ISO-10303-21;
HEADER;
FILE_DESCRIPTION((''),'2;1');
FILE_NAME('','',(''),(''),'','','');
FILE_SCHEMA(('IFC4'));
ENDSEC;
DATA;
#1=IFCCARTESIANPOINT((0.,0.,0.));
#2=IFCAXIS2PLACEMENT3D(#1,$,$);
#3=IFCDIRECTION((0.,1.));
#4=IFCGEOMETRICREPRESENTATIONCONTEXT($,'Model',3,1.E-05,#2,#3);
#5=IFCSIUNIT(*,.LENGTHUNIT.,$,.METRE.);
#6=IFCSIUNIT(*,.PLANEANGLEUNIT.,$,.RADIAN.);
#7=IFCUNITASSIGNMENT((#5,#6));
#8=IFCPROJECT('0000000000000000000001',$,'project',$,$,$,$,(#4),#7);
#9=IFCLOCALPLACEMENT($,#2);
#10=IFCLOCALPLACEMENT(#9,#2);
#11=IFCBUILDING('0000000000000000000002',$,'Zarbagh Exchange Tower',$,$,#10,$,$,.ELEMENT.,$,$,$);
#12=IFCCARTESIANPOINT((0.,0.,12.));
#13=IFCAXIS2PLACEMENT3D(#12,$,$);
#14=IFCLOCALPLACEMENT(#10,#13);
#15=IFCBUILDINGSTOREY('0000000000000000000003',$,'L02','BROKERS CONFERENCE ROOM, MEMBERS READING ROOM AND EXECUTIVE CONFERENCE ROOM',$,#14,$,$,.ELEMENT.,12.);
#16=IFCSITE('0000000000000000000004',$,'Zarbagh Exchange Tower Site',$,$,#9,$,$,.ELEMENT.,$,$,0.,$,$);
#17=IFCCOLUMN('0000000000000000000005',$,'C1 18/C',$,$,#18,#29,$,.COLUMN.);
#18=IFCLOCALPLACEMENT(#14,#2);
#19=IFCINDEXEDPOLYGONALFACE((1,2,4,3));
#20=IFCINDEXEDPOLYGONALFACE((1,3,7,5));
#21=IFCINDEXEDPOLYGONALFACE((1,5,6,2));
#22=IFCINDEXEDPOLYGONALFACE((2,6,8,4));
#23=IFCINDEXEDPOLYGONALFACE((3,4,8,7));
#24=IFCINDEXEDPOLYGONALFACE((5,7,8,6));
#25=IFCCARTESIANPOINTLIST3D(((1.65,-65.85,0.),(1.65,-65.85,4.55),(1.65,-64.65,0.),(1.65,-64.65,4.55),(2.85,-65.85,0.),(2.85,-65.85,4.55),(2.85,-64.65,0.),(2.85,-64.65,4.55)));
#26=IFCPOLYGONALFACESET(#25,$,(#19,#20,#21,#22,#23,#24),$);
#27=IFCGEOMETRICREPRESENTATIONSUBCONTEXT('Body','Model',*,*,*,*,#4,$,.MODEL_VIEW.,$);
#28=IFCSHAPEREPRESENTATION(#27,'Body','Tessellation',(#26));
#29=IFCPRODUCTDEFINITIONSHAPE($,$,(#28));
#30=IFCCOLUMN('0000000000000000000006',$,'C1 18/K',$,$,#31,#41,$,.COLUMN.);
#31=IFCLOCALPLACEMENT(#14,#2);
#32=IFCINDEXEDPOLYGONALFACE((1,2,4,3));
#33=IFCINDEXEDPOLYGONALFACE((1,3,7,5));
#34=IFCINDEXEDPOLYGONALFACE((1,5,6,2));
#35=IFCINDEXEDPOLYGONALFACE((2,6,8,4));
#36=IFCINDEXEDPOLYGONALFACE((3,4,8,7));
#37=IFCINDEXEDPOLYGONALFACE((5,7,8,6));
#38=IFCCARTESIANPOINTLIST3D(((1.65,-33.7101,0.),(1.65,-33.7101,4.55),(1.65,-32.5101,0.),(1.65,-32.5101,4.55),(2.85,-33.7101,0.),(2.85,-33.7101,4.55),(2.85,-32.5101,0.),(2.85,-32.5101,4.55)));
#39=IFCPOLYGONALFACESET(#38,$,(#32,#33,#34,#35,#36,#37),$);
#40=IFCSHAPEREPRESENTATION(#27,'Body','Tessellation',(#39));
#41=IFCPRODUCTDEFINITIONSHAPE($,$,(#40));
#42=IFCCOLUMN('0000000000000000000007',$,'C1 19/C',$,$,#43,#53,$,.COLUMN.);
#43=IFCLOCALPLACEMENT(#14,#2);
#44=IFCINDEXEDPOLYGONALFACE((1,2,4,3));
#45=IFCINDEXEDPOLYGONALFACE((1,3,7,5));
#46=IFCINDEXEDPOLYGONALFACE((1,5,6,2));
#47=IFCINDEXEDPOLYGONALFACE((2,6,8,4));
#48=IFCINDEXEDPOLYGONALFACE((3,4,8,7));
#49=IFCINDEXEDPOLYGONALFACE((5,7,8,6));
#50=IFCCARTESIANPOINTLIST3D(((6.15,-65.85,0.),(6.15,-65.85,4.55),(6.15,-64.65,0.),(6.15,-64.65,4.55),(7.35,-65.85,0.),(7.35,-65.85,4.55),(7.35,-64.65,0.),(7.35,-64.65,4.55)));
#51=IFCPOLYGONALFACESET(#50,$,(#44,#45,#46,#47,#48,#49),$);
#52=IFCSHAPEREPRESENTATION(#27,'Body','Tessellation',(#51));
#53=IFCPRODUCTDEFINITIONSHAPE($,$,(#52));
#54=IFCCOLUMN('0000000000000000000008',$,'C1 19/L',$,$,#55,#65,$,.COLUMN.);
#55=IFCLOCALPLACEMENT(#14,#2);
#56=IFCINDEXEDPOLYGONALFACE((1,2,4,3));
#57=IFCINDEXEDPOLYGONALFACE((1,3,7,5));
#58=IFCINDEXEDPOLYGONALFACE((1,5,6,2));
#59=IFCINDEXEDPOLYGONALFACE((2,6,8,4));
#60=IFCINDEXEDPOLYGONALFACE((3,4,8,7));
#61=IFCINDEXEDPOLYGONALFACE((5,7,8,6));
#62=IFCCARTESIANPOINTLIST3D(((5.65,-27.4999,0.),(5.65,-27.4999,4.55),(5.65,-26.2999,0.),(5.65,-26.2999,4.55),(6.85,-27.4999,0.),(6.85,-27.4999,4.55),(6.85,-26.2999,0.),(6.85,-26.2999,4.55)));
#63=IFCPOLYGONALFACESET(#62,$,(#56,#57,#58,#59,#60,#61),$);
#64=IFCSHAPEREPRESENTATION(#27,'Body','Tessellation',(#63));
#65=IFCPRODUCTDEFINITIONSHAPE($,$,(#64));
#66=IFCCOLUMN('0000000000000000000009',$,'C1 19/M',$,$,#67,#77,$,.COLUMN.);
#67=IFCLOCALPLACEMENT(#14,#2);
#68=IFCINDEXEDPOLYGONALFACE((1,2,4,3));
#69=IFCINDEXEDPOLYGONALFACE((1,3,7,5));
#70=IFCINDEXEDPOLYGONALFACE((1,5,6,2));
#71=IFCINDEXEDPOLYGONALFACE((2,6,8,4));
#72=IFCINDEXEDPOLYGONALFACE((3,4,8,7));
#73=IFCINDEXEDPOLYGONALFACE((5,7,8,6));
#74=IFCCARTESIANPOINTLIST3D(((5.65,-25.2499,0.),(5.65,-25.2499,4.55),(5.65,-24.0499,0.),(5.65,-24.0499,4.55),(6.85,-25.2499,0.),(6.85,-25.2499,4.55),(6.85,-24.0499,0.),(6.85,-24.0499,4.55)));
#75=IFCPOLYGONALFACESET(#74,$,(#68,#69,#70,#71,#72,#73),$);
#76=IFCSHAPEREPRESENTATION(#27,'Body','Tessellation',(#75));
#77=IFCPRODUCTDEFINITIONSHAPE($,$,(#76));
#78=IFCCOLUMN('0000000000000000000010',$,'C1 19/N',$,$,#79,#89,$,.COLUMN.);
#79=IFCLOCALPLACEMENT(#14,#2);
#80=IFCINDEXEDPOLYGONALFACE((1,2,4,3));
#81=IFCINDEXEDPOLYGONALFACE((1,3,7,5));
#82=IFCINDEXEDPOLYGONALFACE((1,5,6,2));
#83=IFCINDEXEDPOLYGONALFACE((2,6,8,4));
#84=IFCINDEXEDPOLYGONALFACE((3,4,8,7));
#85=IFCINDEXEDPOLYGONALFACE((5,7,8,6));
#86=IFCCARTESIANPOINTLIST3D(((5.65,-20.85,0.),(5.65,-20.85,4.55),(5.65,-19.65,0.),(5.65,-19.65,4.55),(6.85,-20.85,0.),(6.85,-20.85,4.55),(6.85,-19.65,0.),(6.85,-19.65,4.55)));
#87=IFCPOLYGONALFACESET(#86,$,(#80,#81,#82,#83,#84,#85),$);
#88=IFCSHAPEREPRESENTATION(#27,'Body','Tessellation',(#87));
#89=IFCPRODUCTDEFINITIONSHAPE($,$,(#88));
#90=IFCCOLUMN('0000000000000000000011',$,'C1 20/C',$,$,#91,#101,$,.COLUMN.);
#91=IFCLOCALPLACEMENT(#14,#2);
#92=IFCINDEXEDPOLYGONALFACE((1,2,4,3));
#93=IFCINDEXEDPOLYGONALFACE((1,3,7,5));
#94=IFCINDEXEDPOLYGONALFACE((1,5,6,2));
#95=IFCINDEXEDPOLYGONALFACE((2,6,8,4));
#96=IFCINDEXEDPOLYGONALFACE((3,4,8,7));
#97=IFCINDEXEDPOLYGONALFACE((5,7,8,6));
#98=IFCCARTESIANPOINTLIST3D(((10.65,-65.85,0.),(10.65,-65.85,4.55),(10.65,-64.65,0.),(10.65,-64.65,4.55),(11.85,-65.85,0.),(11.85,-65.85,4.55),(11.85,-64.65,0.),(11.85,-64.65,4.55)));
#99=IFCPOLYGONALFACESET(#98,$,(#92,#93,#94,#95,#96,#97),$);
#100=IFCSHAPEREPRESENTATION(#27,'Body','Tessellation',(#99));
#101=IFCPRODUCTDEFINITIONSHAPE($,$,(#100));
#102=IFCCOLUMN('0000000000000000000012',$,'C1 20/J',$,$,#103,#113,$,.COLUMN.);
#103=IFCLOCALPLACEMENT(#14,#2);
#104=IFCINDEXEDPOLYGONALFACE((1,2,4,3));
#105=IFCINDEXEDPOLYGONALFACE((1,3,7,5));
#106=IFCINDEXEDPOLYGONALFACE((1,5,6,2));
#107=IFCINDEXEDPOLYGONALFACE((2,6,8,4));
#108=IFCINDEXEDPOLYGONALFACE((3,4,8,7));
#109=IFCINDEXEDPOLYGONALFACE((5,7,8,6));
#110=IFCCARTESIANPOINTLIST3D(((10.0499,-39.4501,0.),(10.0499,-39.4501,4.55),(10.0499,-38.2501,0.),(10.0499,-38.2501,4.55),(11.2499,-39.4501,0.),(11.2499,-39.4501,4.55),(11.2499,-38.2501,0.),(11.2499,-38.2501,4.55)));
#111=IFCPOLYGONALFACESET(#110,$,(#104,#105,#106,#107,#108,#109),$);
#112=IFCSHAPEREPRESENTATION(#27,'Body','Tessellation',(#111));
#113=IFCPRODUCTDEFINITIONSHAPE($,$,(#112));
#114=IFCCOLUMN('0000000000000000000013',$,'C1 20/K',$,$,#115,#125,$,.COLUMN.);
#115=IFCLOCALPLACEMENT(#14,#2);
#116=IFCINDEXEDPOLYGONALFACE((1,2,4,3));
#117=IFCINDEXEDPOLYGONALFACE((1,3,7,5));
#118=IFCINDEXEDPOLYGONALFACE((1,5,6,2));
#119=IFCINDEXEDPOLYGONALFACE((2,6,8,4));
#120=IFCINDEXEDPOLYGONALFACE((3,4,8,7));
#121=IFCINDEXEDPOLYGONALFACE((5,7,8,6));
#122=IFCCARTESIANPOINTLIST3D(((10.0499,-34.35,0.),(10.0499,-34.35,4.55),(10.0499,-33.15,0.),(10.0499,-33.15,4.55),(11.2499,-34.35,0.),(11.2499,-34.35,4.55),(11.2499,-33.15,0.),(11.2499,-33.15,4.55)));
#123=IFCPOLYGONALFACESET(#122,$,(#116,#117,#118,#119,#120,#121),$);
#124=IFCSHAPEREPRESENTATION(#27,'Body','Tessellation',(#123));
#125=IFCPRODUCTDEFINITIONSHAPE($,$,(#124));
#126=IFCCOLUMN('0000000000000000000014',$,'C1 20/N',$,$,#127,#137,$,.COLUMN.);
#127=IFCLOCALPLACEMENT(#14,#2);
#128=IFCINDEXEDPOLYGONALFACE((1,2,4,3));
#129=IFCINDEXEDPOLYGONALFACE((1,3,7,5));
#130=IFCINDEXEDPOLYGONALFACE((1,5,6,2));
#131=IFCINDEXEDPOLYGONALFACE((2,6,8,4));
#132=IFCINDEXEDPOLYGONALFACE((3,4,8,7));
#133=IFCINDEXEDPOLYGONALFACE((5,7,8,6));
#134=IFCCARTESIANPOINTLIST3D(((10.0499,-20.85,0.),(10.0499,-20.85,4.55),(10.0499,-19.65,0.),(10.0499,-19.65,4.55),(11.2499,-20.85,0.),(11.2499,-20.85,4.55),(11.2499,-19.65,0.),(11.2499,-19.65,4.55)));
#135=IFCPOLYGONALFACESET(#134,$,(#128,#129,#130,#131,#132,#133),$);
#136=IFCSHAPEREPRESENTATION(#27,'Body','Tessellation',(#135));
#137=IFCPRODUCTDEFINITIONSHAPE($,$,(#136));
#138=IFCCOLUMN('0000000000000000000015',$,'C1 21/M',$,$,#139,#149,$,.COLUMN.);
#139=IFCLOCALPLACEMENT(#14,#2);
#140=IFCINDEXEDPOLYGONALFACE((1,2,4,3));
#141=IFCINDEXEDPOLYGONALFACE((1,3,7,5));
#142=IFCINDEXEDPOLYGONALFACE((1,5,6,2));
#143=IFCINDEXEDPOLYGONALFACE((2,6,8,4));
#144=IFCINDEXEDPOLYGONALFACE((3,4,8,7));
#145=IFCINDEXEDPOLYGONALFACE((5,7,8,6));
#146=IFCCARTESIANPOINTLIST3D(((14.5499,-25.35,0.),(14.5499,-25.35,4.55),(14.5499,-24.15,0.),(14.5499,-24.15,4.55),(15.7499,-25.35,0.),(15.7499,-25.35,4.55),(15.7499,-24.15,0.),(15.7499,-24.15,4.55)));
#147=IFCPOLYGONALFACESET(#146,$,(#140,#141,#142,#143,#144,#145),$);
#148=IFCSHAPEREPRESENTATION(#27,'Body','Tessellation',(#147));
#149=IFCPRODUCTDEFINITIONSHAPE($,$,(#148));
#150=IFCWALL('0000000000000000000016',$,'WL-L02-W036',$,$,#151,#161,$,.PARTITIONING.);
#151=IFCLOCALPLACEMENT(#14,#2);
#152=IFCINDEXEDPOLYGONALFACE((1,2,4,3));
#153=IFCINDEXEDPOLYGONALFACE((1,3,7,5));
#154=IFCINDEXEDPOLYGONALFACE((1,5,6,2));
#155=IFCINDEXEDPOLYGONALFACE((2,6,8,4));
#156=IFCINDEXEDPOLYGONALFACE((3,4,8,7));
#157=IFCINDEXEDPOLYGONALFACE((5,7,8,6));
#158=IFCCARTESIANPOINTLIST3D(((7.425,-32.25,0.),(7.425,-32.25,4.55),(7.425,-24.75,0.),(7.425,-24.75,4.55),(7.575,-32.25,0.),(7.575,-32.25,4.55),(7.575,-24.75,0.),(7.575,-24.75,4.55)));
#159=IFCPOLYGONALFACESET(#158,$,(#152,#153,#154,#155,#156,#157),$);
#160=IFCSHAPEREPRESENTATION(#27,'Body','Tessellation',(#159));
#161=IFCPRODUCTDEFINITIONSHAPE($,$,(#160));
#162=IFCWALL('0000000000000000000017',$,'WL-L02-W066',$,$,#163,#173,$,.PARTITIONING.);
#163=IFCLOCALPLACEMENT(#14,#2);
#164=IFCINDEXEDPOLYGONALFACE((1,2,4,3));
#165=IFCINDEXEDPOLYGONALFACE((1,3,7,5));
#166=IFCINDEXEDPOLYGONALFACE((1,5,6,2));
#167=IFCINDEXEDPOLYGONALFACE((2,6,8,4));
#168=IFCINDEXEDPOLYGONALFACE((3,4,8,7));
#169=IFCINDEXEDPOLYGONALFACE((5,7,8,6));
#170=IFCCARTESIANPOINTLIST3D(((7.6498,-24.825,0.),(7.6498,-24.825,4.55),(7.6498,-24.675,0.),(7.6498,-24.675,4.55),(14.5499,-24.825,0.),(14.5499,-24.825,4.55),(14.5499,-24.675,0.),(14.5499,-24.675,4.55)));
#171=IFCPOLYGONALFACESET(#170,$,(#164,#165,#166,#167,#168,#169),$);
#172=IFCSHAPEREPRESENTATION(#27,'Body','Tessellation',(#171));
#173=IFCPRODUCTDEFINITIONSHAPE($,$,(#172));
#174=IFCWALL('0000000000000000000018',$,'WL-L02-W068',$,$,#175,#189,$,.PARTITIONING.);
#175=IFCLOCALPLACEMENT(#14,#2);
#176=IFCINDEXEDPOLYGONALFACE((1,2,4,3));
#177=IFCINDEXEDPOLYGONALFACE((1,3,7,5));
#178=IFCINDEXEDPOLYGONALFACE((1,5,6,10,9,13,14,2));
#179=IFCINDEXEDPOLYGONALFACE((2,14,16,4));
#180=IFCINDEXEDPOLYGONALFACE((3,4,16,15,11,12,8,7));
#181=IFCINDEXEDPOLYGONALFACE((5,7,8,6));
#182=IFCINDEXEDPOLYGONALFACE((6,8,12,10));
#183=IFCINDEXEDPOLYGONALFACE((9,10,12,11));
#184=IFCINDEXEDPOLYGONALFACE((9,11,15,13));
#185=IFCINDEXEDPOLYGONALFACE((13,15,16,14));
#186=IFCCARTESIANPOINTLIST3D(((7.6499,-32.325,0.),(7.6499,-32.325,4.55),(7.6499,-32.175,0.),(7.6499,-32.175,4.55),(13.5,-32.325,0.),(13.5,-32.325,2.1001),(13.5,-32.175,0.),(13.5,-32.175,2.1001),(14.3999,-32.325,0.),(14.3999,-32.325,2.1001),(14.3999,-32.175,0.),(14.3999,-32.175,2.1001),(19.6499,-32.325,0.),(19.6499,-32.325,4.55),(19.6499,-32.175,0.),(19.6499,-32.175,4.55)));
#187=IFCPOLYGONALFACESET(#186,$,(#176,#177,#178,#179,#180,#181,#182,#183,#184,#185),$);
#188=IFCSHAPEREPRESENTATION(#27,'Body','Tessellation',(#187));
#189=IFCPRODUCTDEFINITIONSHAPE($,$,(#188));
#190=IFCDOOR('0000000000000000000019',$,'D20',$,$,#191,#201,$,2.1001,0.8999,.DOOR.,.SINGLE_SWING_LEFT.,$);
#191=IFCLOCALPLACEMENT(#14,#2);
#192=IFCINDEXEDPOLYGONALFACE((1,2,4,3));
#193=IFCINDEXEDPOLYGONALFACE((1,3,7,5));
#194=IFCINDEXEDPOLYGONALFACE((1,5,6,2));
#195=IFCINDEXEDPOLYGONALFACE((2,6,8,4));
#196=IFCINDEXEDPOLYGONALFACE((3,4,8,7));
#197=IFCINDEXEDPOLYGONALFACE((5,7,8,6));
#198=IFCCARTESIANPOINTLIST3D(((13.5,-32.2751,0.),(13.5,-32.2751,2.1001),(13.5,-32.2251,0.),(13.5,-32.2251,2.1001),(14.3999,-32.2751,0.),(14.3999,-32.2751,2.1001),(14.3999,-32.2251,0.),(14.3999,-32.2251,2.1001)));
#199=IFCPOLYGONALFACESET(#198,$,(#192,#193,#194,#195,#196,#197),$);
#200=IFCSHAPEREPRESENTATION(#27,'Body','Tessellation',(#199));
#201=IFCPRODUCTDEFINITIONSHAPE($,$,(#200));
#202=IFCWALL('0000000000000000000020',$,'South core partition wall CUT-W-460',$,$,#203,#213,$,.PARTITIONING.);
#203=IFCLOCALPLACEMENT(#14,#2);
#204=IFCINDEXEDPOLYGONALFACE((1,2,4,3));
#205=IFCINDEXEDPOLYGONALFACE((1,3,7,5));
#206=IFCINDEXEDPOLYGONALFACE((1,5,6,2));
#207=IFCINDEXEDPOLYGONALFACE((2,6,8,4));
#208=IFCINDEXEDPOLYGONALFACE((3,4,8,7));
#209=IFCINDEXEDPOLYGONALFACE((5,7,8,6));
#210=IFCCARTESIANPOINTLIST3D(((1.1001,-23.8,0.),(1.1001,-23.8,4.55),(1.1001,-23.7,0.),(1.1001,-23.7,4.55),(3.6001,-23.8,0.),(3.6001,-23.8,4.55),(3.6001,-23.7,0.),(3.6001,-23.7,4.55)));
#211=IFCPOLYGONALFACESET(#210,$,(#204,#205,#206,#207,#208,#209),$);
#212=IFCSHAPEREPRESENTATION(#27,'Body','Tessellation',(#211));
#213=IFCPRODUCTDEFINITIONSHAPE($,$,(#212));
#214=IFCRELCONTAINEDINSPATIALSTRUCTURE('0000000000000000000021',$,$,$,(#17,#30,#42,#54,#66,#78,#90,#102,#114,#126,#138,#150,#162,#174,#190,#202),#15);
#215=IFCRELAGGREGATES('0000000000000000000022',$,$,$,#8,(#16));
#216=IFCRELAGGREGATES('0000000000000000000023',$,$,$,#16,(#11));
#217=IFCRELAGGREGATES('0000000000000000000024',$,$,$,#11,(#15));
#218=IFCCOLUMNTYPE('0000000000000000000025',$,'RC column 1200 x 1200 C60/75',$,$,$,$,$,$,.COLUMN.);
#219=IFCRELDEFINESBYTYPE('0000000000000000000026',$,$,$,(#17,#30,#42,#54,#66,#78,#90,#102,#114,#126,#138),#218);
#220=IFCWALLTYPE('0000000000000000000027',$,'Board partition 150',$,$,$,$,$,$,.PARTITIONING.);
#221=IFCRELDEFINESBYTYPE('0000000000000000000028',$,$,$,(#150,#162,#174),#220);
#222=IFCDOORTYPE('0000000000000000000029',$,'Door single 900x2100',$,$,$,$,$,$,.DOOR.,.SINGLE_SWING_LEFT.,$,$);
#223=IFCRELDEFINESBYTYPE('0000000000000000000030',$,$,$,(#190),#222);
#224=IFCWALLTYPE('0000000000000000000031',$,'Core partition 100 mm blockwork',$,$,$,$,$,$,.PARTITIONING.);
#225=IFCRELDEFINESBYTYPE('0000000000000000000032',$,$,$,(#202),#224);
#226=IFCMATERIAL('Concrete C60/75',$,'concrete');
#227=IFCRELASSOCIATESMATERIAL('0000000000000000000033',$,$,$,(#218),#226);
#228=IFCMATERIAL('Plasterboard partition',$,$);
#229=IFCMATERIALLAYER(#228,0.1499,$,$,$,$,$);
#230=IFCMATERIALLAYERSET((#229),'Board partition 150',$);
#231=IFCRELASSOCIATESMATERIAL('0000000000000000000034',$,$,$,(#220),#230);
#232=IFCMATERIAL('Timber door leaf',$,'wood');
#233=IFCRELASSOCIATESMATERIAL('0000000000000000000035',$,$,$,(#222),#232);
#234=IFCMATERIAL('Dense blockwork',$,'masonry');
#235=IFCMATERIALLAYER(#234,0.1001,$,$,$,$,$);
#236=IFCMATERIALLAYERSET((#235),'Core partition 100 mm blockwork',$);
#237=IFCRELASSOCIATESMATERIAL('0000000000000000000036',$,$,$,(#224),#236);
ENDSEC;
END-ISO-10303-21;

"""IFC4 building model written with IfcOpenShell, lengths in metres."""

from ifc_helpers import new_model, si_unit, direction, frame, frame_2d, origin, origin_2d, place, context, subcontext, project, spatial, rectangle, extrude, material, layer, layer_set, material_profile, profile_set, type_object, element, fill, save


model = new_model("IFC4")

# Units and contexts
model_context = context("Model", 3, precision=1e-05, world=origin(), true_north=direction((0.0, 1.0)))
body_context = subcontext(model_context, "Body", "Model", "MODEL_VIEW")
ifc_project = project(units=[si_unit("LENGTHUNIT", "METRE"), si_unit("PLANEANGLEUNIT", "RADIAN")], contexts=[model_context])

# Site, building, storey
site_placement = place(None, origin())
site = spatial("IfcSite", under=ifc_project, at=site_placement, Name="Zarbagh Exchange Tower Site", CompositionType="ELEMENT", RefElevation=0.0)
building_placement = place(site_placement, origin())
building = spatial("IfcBuilding", under=site, at=building_placement, Name="Zarbagh Exchange Tower", CompositionType="ELEMENT")
storey_placement = place(building_placement, frame((0.0, 0.0, 12.0)))
storey = spatial("IfcBuildingStorey", under=building, at=storey_placement, Name="L02", Description="BROKERS CONFERENCE ROOM, MEMBERS READING ROOM AND EXECUTIVE CONFERENCE ROOM", CompositionType="ELEMENT", Elevation=12.0)

# Columns
ifc_material_1 = material(Name="Concrete C60/75", Category="concrete")
ifc_material_profile = material_profile(ifc_material_1, rectangle(XDim=1.2, YDim=1.2, at=origin_2d()), Name="RC column 1200 x 1200 C60/75")
ifc_profile_set = profile_set([ifc_material_profile], Name="Concrete C60/75")
column_type = type_object("IfcColumnType", Name="RC column 1200 x 1200 C60/75", PredefinedType="COLUMN", material=ifc_profile_set)
for number, where, z_axis, x_axis, name in (
    (1, (2.25, -65.25, 0.0), (0.0, 0.0, 1.0), (1.0, 0.0, 0.0), "C1 18/C"),
    (2, (2.25, -33.1101, 0.0), (0.0, 0.0, 1.0), (1.0, 0.0, 0.0), "C1 18/K"),
    (3, (6.75, -65.25, 0.0), (0.0, 0.0, 1.0), (1.0, 0.0, 0.0), "C1 19/C"),
    (4, (6.25, -26.8999, 0.0), (0.0, 0.0, 1.0), (1.0, 0.0, 0.0), "C1 19/L"),
    (5, (6.25, -24.6499, 0.0), (0.0, 0.0, 1.0), (1.0, 0.0, 0.0), "C1 19/M"),
    (6, (6.25, -20.25, 0.0), (0.0, 0.0, 1.0), (1.0, 0.0, 0.0), "C1 19/N"),
    (7, (11.25, -65.25, 0.0), (0.0, 0.0, 1.0), (1.0, 0.0, 0.0), "C1 20/C"),
    (8, (10.6499, -38.8501, 0.0), (0.0, 0.0, 1.0), (1.0, 0.0, 0.0), "C1 20/J"),
    (9, (10.6499, -33.75, 0.0), (0.0, 0.0, 1.0), (1.0, 0.0, 0.0), "C1 20/K"),
    (10, (10.6499, -20.25, 0.0), (0.0, 0.0, 1.0), (1.0, 0.0, 0.0), "C1 20/N"),
    (11, (15.1499, -24.75, 0.0), (0.0, 0.0, 1.0), (1.0, 0.0, 0.0), "C1 21/M"),
):
    element("IfcColumn", number, at=place(storey_placement, frame(where, z_axis=z_axis, x_axis=x_axis)), inside=storey, type_object=column_type, Name=name, PredefinedType="COLUMN", context=body_context, shape_type="SweptSolid", body=[
        extrude(rectangle(XDim=1.2, YDim=1.2, at=origin_2d()), origin(), (0.0, 0.0, 1.0), 4.55),
    ])

# Walls
ifc_material_2 = material(Name="Plasterboard partition")
ifc_layer_1 = layer(ifc_material_2, 0.1499)
ifc_layer_set_1 = layer_set([ifc_layer_1], Name="Board partition 150")
wall_type_1 = type_object("IfcWallType", Name="Board partition 150", PredefinedType="PARTITIONING", material=ifc_layer_set_1)
wall_1_placement = place(storey_placement, frame((7.5, -24.75, 0.0), z_axis=(0.0, 0.0, 1.0), x_axis=(0.0, -1.0, 0.0)))
element("IfcWall", 12, at=wall_1_placement, inside=storey, type_object=wall_type_1, Name="WL-L02-W036", PredefinedType="PARTITIONING", context=body_context, shape_type="SweptSolid", body=[
    extrude(rectangle(XDim=7.5, YDim=0.1499, at=frame_2d((3.75, 0.0))), origin(), (0.0, 0.0, 1.0), 4.55),
])
wall_2_placement = place(storey_placement, frame((14.55, -24.75, 0.0), z_axis=(0.0, 0.0, 1.0), x_axis=(-1.0, 0.0, 0.0)))
element("IfcWall", 13, at=wall_2_placement, inside=storey, type_object=wall_type_1, Name="WL-L02-W066", PredefinedType="PARTITIONING", context=body_context, shape_type="SweptSolid", body=[
    extrude(rectangle(XDim=6.9001, YDim=0.1499, at=frame_2d((3.4502, 0.0))), origin(), (0.0, 0.0, 1.0), 4.55),
])

# Wall, opening, door
wall_3_placement = place(storey_placement, frame((7.6499, -32.25, 0.0), z_axis=(0.0, 0.0, 1.0), x_axis=(1.0, 0.0, 0.0)))
wall_3 = element("IfcWall", 14, at=wall_3_placement, inside=storey, type_object=wall_type_1, Name="WL-L02-W068", PredefinedType="PARTITIONING", context=body_context, shape_type="SweptSolid", body=[
    extrude(rectangle(XDim=12.0, YDim=0.1499, at=frame_2d((6.0, 0.0))), origin(), (0.0, 0.0, 1.0), 4.55),
])
opening_1_placement = place(wall_3_placement, frame((5.8501, 0.0, 0.0)))
opening_1 = element("IfcOpeningElement", 15, at=opening_1_placement, cuts=wall_3, PredefinedType="OPENING", context=body_context, shape_type="SweptSolid", body=[
    extrude(rectangle(XDim=0.8999, YDim=2.1001, at=frame_2d((0.45, 1.05))), frame((0.0, 0.085, 0.0), z_axis=(0.0, -1.0, 0.0), x_axis=(1.0, 0.0, 0.0)), (0.0, 0.0, 1.0), 0.1699),
])
ifc_material_3 = material(Name="Timber door leaf", Category="wood")
door_type_1 = type_object("IfcDoorType", Name="Door single 900x2100", OperationType="SINGLE_SWING_LEFT", PredefinedType="DOOR", material=ifc_material_3)
door_1_placement = place(opening_1_placement, origin())
door_1 = element("IfcDoor", 16, at=door_1_placement, inside=storey, type_object=door_type_1, Name="D20", OperationType="SINGLE_SWING_LEFT", OverallHeight=2.1001, OverallWidth=0.8999, PredefinedType="DOOR", context=body_context, shape_type="SweptSolid", body=[
    extrude(rectangle(XDim=0.8999, YDim=2.1001, at=frame_2d((0.45, 1.05))), frame((0.0, 0.0249, 0.0), z_axis=(0.0, -1.0, 0.0), x_axis=(1.0, 0.0, 0.0)), (0.0, 0.0, 1.0), 0.05),
])
fill(opening_1, door_1)

# Wall
ifc_material_4 = material(Name="Dense blockwork", Category="masonry")
ifc_layer_2 = layer(ifc_material_4, 0.1001)
ifc_layer_set_2 = layer_set([ifc_layer_2], Name="Core partition 100 mm blockwork")
wall_type_2 = type_object("IfcWallType", Name="Core partition 100 mm blockwork", PredefinedType="PARTITIONING", material=ifc_layer_set_2)
wall_4_placement = place(storey_placement, frame((3.6001, -23.75, 0.0), z_axis=(0.0, 0.0, 1.0), x_axis=(-1.0, 0.0, 0.0)))
element("IfcWall", 17, at=wall_4_placement, inside=storey, type_object=wall_type_2, Name="South core partition wall CUT-W-460", PredefinedType="PARTITIONING", context=body_context, shape_type="SweptSolid", body=[
    extrude(rectangle(XDim=2.5, YDim=0.1001, at=frame_2d((1.25, 0.0))), origin(), (0.0, 0.0, 1.0), 4.55),
])

save(model, "model.ifc")
